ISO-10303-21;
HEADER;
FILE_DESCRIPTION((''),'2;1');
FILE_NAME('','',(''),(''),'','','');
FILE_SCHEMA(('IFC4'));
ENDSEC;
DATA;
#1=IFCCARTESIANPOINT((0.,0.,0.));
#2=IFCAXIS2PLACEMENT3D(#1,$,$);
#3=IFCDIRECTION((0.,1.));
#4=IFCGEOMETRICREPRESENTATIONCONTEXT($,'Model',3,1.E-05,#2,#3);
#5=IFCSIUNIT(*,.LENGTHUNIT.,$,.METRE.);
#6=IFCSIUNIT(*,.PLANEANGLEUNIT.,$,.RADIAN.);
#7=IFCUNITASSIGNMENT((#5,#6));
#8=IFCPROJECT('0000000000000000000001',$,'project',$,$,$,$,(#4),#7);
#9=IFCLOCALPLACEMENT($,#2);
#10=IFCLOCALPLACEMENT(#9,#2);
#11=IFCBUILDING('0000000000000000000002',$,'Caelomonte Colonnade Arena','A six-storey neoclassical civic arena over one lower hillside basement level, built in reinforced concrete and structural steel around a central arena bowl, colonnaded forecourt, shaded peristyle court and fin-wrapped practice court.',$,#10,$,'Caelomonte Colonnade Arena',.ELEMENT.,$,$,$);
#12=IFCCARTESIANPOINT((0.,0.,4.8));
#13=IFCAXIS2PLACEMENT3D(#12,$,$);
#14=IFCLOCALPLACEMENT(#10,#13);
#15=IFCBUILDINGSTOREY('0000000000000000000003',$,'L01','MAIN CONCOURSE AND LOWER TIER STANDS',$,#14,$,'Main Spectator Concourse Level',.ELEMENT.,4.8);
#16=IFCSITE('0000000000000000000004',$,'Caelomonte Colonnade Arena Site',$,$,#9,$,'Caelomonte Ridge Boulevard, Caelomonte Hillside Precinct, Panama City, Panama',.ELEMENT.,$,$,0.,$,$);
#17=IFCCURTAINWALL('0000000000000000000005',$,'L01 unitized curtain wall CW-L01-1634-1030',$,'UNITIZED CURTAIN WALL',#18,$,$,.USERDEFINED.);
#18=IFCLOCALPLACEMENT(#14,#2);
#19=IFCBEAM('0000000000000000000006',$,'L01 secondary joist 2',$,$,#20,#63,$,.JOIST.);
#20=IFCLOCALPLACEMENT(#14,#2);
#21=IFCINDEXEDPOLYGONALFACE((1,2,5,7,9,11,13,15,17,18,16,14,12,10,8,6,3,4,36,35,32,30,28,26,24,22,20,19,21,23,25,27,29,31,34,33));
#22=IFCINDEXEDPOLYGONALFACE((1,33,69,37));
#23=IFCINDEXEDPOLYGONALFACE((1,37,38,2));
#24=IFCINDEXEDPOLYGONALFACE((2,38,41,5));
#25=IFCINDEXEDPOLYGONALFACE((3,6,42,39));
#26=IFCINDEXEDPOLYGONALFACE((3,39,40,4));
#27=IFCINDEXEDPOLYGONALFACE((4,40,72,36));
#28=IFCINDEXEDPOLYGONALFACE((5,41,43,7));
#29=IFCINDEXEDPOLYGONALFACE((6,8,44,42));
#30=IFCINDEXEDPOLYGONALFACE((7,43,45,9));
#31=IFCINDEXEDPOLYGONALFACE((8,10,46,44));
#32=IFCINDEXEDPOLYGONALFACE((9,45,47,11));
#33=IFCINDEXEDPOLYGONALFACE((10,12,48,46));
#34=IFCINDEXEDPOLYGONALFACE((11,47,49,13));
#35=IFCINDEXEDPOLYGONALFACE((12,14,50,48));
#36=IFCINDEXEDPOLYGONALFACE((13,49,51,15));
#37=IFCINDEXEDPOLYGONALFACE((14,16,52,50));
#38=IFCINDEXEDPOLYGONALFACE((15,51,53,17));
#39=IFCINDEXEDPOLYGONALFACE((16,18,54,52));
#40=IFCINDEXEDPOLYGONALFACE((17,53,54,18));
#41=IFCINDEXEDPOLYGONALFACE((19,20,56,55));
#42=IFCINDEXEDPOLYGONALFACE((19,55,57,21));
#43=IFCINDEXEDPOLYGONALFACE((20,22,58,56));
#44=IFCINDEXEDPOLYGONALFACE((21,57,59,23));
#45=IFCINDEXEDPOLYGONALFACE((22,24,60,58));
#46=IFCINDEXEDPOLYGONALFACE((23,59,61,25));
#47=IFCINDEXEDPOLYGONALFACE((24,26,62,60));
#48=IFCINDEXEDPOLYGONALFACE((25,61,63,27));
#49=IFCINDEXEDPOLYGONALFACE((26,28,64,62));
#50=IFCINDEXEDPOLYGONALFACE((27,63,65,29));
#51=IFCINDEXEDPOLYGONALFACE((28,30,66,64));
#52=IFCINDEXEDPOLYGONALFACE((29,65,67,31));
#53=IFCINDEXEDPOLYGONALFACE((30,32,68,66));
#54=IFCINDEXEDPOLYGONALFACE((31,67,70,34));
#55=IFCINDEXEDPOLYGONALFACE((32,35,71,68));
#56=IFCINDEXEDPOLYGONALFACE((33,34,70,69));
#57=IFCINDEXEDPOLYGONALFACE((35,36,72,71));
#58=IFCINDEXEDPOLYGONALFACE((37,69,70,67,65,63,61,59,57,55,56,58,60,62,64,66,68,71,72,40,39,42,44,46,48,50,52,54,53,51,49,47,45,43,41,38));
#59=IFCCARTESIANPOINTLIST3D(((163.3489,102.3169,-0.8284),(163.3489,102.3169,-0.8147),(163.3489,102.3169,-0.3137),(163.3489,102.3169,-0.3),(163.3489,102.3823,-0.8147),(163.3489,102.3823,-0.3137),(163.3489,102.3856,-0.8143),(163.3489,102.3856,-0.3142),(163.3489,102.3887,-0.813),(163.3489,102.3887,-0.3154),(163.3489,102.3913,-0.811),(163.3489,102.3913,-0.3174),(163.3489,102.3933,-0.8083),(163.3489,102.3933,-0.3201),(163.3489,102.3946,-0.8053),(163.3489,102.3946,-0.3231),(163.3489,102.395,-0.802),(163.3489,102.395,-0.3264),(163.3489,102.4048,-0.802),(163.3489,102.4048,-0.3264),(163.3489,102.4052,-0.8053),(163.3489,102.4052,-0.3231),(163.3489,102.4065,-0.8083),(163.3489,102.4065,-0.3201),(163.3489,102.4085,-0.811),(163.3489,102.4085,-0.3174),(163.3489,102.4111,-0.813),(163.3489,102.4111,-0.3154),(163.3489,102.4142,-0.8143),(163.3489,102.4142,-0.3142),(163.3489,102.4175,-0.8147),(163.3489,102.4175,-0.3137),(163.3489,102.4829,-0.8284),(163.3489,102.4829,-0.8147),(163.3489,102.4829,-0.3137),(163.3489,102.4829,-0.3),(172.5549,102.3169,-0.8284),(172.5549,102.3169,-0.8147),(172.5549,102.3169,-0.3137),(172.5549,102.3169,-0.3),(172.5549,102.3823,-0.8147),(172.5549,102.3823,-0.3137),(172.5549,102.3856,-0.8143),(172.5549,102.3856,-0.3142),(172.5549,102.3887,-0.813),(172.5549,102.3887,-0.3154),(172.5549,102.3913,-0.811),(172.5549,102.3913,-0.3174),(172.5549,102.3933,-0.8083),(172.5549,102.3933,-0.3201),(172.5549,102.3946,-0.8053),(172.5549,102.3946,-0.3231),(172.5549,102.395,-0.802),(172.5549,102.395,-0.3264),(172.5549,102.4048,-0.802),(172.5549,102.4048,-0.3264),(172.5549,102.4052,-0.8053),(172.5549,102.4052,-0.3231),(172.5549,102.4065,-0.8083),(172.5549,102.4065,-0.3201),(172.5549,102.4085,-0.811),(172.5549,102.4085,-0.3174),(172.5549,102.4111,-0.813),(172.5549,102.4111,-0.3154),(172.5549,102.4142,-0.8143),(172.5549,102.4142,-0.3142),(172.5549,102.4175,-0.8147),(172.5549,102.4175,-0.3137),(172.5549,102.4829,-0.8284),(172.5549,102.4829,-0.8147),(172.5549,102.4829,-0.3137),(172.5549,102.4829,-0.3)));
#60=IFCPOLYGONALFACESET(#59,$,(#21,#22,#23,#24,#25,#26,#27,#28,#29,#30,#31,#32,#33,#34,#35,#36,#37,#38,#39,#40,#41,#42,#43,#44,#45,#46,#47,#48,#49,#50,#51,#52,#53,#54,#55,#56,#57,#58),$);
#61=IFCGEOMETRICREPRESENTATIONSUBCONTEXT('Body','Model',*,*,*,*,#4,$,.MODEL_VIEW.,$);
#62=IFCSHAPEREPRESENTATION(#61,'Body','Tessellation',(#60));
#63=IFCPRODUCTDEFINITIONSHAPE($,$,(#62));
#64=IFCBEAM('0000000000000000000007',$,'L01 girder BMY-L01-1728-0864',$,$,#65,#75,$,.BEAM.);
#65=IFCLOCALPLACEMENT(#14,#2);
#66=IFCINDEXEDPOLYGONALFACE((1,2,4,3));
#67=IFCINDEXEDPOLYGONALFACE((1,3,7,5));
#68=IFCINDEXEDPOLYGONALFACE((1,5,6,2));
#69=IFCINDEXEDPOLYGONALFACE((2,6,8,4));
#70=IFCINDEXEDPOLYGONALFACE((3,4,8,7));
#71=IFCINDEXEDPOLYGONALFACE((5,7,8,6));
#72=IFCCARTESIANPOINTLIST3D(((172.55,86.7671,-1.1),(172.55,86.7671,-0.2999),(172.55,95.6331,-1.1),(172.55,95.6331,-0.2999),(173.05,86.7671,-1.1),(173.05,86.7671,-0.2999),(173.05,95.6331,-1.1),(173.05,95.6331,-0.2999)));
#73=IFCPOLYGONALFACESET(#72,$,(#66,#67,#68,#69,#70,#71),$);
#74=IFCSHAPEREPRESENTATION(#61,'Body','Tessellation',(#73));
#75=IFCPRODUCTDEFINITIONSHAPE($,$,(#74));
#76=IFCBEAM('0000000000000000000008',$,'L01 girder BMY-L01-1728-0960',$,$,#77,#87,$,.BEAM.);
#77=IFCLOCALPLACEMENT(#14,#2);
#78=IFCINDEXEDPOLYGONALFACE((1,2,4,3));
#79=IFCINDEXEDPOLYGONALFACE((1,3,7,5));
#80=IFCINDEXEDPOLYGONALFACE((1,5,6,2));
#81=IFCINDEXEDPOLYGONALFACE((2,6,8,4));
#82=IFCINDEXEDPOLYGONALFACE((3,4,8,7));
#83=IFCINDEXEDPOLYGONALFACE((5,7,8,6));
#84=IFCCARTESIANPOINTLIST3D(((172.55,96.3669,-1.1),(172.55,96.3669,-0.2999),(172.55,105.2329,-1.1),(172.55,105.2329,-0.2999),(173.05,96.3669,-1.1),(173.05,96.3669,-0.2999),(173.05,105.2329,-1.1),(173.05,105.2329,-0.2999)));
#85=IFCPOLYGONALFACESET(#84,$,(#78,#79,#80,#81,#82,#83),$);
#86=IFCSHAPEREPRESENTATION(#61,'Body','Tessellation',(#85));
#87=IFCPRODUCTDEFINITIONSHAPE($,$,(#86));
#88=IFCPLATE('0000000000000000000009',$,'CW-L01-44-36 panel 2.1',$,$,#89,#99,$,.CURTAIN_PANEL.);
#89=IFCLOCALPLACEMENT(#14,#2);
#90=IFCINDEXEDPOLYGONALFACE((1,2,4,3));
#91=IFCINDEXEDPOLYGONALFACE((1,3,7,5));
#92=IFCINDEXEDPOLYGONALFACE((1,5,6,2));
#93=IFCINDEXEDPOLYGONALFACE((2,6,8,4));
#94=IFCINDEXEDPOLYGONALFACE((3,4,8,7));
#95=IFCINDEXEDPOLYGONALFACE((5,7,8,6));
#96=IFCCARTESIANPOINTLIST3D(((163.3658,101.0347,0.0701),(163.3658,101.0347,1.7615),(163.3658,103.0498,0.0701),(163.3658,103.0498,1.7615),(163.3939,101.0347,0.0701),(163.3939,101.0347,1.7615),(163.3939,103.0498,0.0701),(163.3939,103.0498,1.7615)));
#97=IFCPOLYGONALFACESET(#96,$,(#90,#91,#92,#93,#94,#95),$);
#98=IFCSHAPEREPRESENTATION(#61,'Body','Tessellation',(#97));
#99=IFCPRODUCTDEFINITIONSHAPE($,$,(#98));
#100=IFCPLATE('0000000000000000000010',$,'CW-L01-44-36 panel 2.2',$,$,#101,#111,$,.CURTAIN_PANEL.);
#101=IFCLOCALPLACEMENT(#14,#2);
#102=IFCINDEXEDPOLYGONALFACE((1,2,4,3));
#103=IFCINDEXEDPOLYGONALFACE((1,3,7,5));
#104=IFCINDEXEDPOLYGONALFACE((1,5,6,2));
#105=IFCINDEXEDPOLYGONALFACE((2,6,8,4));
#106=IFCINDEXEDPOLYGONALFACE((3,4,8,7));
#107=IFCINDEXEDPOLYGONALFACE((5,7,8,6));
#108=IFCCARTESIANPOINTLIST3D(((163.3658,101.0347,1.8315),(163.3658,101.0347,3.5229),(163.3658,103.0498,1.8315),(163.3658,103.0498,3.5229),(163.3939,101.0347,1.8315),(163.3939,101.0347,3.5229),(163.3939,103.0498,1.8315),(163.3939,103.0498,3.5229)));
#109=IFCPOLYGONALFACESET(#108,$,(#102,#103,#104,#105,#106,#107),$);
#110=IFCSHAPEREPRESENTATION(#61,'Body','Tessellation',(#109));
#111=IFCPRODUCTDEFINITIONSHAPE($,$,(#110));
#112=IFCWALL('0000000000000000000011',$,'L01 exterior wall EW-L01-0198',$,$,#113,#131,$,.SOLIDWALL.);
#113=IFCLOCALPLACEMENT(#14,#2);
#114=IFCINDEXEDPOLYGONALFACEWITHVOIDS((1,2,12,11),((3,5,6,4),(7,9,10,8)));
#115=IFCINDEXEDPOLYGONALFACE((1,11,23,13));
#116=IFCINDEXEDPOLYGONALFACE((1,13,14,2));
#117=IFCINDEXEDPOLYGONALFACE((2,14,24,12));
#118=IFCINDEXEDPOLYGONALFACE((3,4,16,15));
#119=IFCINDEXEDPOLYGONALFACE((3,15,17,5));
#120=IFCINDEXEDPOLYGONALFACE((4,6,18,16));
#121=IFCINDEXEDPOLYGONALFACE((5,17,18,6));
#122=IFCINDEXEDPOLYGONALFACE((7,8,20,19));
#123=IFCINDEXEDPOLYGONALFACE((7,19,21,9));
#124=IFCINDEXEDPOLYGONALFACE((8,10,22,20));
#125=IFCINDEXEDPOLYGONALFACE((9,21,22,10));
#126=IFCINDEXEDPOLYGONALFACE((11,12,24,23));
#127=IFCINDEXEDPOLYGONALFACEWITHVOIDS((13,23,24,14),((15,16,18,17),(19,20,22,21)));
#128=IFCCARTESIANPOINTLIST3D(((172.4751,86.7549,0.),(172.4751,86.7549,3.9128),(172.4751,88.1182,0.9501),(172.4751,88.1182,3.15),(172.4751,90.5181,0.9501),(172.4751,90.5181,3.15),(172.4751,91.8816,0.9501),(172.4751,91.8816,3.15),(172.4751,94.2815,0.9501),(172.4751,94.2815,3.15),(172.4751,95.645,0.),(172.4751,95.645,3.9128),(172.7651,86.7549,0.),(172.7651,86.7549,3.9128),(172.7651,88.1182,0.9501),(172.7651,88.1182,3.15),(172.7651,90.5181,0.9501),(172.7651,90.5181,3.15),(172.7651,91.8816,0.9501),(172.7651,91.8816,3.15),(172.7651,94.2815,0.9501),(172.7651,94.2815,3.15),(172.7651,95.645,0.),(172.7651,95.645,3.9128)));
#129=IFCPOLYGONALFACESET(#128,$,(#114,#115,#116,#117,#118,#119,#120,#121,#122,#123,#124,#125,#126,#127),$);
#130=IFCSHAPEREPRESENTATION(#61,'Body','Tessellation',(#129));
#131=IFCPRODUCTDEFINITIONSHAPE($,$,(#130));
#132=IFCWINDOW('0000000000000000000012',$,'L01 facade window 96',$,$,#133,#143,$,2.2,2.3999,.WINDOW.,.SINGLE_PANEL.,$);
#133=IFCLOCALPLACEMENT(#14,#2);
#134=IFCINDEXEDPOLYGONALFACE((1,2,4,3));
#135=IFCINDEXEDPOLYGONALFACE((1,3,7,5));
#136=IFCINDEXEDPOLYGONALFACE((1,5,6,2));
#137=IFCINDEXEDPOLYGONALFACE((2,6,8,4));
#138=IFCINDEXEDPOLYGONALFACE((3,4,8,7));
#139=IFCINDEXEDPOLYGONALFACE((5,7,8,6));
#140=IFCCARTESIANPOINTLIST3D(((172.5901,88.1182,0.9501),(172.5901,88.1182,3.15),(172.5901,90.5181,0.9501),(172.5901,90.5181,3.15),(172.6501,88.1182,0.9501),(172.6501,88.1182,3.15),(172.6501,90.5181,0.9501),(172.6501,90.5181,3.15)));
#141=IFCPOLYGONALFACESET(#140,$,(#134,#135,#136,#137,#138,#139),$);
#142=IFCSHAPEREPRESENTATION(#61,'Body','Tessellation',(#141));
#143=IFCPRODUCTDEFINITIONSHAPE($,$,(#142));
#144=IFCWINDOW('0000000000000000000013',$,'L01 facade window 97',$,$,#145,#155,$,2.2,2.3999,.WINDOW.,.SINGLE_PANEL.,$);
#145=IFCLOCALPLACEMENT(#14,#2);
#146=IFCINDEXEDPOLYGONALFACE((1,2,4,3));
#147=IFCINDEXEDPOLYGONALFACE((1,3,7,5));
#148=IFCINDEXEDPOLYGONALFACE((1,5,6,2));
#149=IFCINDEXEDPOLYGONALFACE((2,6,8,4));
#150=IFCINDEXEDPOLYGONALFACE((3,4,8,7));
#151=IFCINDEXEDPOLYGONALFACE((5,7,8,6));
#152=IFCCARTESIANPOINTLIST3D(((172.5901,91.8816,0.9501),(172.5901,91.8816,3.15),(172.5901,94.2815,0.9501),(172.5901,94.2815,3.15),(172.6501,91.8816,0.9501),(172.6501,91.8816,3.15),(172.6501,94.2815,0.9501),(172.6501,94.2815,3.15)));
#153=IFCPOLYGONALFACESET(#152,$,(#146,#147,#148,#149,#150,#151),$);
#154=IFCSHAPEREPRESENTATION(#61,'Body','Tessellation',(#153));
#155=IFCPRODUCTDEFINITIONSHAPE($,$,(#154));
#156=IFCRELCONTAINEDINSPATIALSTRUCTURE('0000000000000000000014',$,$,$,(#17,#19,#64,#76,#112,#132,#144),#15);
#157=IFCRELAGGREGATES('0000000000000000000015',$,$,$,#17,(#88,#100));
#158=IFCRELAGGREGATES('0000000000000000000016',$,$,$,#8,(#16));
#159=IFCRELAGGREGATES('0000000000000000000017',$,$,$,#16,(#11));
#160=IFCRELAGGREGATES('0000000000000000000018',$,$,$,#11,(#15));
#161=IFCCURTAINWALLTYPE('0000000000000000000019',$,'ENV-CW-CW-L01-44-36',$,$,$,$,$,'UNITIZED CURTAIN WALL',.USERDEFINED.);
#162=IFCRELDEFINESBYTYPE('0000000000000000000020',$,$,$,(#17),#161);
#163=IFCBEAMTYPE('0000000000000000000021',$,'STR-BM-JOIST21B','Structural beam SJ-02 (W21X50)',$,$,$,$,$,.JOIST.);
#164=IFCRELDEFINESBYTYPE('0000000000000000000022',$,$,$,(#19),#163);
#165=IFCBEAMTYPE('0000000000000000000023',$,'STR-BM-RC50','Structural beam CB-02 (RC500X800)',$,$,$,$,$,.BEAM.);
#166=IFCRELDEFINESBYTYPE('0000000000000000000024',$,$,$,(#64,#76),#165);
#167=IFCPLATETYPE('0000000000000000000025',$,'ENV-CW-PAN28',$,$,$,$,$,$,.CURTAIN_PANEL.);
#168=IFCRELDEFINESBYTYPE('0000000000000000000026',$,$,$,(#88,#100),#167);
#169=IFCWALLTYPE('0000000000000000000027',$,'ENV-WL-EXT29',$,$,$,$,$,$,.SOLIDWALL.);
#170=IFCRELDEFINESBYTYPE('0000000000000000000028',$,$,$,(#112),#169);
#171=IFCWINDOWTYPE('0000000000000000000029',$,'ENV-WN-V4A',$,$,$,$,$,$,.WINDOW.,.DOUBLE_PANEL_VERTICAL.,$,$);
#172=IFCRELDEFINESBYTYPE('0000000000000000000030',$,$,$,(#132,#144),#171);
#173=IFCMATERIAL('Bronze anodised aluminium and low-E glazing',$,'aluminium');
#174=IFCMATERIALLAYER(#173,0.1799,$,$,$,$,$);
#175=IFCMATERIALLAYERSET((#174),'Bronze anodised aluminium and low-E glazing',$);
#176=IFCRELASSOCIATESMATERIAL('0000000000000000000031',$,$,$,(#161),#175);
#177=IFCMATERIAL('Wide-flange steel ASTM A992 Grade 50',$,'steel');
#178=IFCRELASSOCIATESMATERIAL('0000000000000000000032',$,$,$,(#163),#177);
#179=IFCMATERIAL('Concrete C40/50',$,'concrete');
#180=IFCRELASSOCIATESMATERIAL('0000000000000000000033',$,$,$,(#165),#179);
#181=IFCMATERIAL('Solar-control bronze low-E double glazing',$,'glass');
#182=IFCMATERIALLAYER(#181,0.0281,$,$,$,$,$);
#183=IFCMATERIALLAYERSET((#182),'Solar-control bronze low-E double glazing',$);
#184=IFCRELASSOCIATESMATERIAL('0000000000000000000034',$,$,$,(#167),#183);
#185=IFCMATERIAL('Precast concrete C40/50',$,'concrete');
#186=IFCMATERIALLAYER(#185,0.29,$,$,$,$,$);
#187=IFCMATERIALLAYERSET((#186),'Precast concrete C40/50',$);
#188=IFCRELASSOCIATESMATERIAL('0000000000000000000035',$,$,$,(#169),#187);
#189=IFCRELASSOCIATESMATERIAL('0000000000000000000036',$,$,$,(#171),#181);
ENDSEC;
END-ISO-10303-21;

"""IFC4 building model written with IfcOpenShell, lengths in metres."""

from ifc_helpers import new_model, si_unit, direction, frame, frame_2d, origin, origin_2d, place, context, subcontext, project, spatial, rectangle, i_section, extrude, material, layer, layer_set, material_profile, profile_set, type_object, element, fill, aggregate, save


model = new_model("IFC4")

# Units and contexts
model_context = context("Model", 3, precision=1e-05, world=origin(), true_north=direction((0.0, 1.0)))
body_context = subcontext(model_context, "Body", "Model", "MODEL_VIEW")
ifc_project = project(units=[si_unit("LENGTHUNIT", "METRE"), si_unit("PLANEANGLEUNIT", "RADIAN")], contexts=[model_context])

# Site, building, storey
site_placement = place(None, origin())
site = spatial("IfcSite", under=ifc_project, at=site_placement, Name="Caelomonte Colonnade Arena Site", LongName="Caelomonte Ridge Boulevard, Caelomonte Hillside Precinct, Panama City, Panama", CompositionType="ELEMENT", RefElevation=0.0)
building_placement = place(site_placement, origin())
building = spatial("IfcBuilding", under=site, at=building_placement, Name="Caelomonte Colonnade Arena", Description="A six-storey neoclassical civic arena over one lower hillside basement level, built in reinforced concrete and structural steel around a central arena bowl, colonnaded forecourt, shaded peristyle court and fin-wrapped practice court.", LongName="Caelomonte Colonnade Arena", CompositionType="ELEMENT")
storey_placement = place(building_placement, frame((0.0, 0.0, 4.8)))
storey = spatial("IfcBuildingStorey", under=building, at=storey_placement, Name="L01", Description="MAIN CONCOURSE AND LOWER TIER STANDS", LongName="Main Spectator Concourse Level", CompositionType="ELEMENT", Elevation=4.8)

# Shared definitions
ifc_material_1 = material(Name="Concrete C40/50", Category="concrete")
ifc_material_2 = material(Name="Wide-flange steel ASTM A992 Grade 50", Category="steel")

# Curtain wall
ifc_material_3 = material(Name="Bronze anodised aluminium and low-E glazing", Category="aluminium")
ifc_layer_1 = layer(ifc_material_3, 0.1799)
ifc_layer_set_1 = layer_set([ifc_layer_1], Name="Bronze anodised aluminium and low-E glazing")
curtain_wall_type = type_object("IfcCurtainWallType", Name="ENV-CW-CW-L01-44-36", ElementType="UNITIZED CURTAIN WALL", PredefinedType="USERDEFINED", material=ifc_layer_set_1)
curtain_wall_placement = place(storey_placement, origin())
curtain_wall = element("IfcCurtainWall", 1, at=curtain_wall_placement, inside=storey, type_object=curtain_wall_type, Name="L01 unitized curtain wall CW-L01-1634-1030", ObjectType="UNITIZED CURTAIN WALL", PredefinedType="USERDEFINED")

# Beams
ifc_material_profile_1 = material_profile(ifc_material_2, i_section(OverallWidth=0.166, OverallDepth=0.5283, WebThickness=0.0098, FlangeThickness=0.0137, FilletRadius=0.0127, at=origin_2d()), Name="W21X50")
ifc_profile_set_1 = profile_set([ifc_material_profile_1], Name="Wide-flange steel ASTM A992 Grade 50")
beam_type_1 = type_object("IfcBeamType", Name="STR-BM-JOIST21B", Description="Structural beam SJ-02 (W21X50)", PredefinedType="JOIST", material=ifc_profile_set_1)
for number, where, z_axis, x_axis, name in (
    (2, (163.3489, 102.3999, -0.5642), (1.0, 0.0, 0.0), (0.0, 1.0, 0.0), "L01 secondary joist 2"),
):
    element("IfcBeam", number, at=place(storey_placement, frame(where, z_axis=z_axis, x_axis=x_axis)), inside=storey, type_object=beam_type_1, Name=name, PredefinedType="JOIST", context=body_context, shape_type="SweptSolid", body=[
        extrude(i_section(OverallWidth=0.166, OverallDepth=0.5283, WebThickness=0.0098, FlangeThickness=0.0137, FilletRadius=0.0127, at=origin_2d()), origin(), (0.0, 0.0, 1.0), 9.2061),
    ])
ifc_material_profile_2 = material_profile(ifc_material_1, rectangle(XDim=0.5, YDim=0.8, at=origin_2d()), Name="RC500X800")
ifc_profile_set_2 = profile_set([ifc_material_profile_2], Name="Concrete C40/50")
beam_type_2 = type_object("IfcBeamType", Name="STR-BM-RC50", Description="Structural beam CB-02 (RC500X800)", PredefinedType="BEAM", material=ifc_profile_set_2)
for number, where, z_axis, x_axis, name in (
    (3, (172.8, 86.7671, -0.7), (0.0, 1.0, 0.0), (-1.0, 0.0, 0.0), "L01 girder BMY-L01-1728-0864"),
    (4, (172.8, 96.3669, -0.7), (0.0, 1.0, 0.0), (-1.0, 0.0, 0.0), "L01 girder BMY-L01-1728-0960"),
):
    element("IfcBeam", number, at=place(storey_placement, frame(where, z_axis=z_axis, x_axis=x_axis)), inside=storey, type_object=beam_type_2, Name=name, PredefinedType="BEAM", context=body_context, shape_type="SweptSolid", body=[
        extrude(rectangle(XDim=0.5, YDim=0.8, at=origin_2d()), origin(), (0.0, 0.0, 1.0), 8.866),
    ])

# Plates
ifc_material_4 = material(Name="Solar-control bronze low-E double glazing", Category="glass")
ifc_layer_2 = layer(ifc_material_4, 0.0281)
ifc_layer_set_2 = layer_set([ifc_layer_2], Name="Solar-control bronze low-E double glazing")
plate_type = type_object("IfcPlateType", Name="ENV-CW-PAN28", PredefinedType="CURTAIN_PANEL", material=ifc_layer_set_2)
plate_1_placement = place(storey_placement, frame((163.3799, 102.0422, 0.0701), z_axis=(0.0, 0.0, 1.0), x_axis=(0.0, -1.0, 0.0)))
plate_1 = element("IfcPlate", 5, at=plate_1_placement, type_object=plate_type, Name="CW-L01-44-36 panel 2.1", PredefinedType="CURTAIN_PANEL", context=body_context, shape_type="SweptSolid", body=[
    extrude(rectangle(XDim=2.0151, YDim=0.0281, at=origin_2d()), origin(), (0.0, 0.0, 1.0), 1.6914),
])
plate_2_placement = place(storey_placement, frame((163.3799, 102.0422, 1.8315), z_axis=(0.0, 0.0, 1.0), x_axis=(0.0, -1.0, 0.0)))
plate_2 = element("IfcPlate", 6, at=plate_2_placement, type_object=plate_type, Name="CW-L01-44-36 panel 2.2", PredefinedType="CURTAIN_PANEL", context=body_context, shape_type="SweptSolid", body=[
    extrude(rectangle(XDim=2.0151, YDim=0.0281, at=origin_2d()), origin(), (0.0, 0.0, 1.0), 1.6914),
])
aggregate(curtain_wall, [plate_1, plate_2])

# Wall, openings, windows
ifc_material_5 = material(Name="Precast concrete C40/50", Category="concrete")
ifc_layer_3 = layer(ifc_material_5, 0.29)
ifc_layer_set_3 = layer_set([ifc_layer_3], Name="Precast concrete C40/50")
wall_type = type_object("IfcWallType", Name="ENV-WL-EXT29", PredefinedType="SOLIDWALL", material=ifc_layer_set_3)
wall_1_placement = place(storey_placement, frame((172.6201, 86.7549, 0.0), z_axis=(0.0, 0.0, 1.0), x_axis=(0.0, 1.0, 0.0)))
wall_1 = element("IfcWall", 7, at=wall_1_placement, inside=storey, type_object=wall_type, Name="L01 exterior wall EW-L01-0198", PredefinedType="SOLIDWALL", context=body_context, shape_type="SweptSolid", body=[
    extrude(rectangle(XDim=8.8901, YDim=0.29, at=frame_2d((4.4451, 0.0))), origin(), (0.0, 0.0, 1.0), 3.9128),
])
opening_1_placement = place(wall_1_placement, frame((3.7632, 0.0, 0.95), z_axis=(0.0, 0.0, 1.0), x_axis=(-1.0, 0.0, 0.0)))
opening_1 = element("IfcOpeningElement", 8, at=opening_1_placement, cuts=wall_1, PredefinedType="OPENING", context=body_context, shape_type="SweptSolid", body=[
    extrude(rectangle(XDim=2.3999, YDim=2.2, at=frame_2d((1.2, 1.1001))), frame((0.0, 0.155, 0.0), z_axis=(0.0, -1.0, 0.0), x_axis=(1.0, 0.0, 0.0)), (0.0, 0.0, 1.0), 0.3101),
])
opening_2_placement = place(wall_1_placement, frame((7.5266, 0.0, 0.95), z_axis=(0.0, 0.0, 1.0), x_axis=(-1.0, 0.0, 0.0)))
opening_2 = element("IfcOpeningElement", 9, at=opening_2_placement, cuts=wall_1, PredefinedType="OPENING", context=body_context, shape_type="SweptSolid", body=[
    extrude(rectangle(XDim=2.3999, YDim=2.2, at=frame_2d((1.2, 1.1001))), frame((0.0, 0.155, 0.0), z_axis=(0.0, -1.0, 0.0), x_axis=(1.0, 0.0, 0.0)), (0.0, 0.0, 1.0), 0.3101),
])
window_type = type_object("IfcWindowType", Name="ENV-WN-V4A", PartitioningType="DOUBLE_PANEL_VERTICAL", PredefinedType="WINDOW", material=ifc_material_4)
window_1_placement = place(opening_1_placement, origin())
window_1 = element("IfcWindow", 10, at=window_1_placement, inside=storey, type_object=window_type, Name="L01 facade window 96", OverallHeight=2.2, OverallWidth=2.3999, PartitioningType="SINGLE_PANEL", PredefinedType="WINDOW", context=body_context, shape_type="SweptSolid", body=[
    extrude(rectangle(XDim=2.3999, YDim=2.2, at=frame_2d((1.2, 1.1001))), frame((0.0, 0.03, 0.0), z_axis=(0.0, -1.0, 0.0), x_axis=(1.0, 0.0, 0.0)), (0.0, 0.0, 1.0), 0.0601),
])
fill(opening_1, window_1)
window_2_placement = place(opening_2_placement, origin())
window_2 = element("IfcWindow", 11, at=window_2_placement, inside=storey, type_object=window_type, Name="L01 facade window 97", OverallHeight=2.2, OverallWidth=2.3999, PartitioningType="SINGLE_PANEL", PredefinedType="WINDOW", context=body_context, shape_type="SweptSolid", body=[
    extrude(rectangle(XDim=2.3999, YDim=2.2, at=frame_2d((1.2, 1.1001))), frame((0.0, 0.03, 0.0), z_axis=(0.0, -1.0, 0.0), x_axis=(1.0, 0.0, 0.0)), (0.0, 0.0, 1.0), 0.0601),
])
fill(opening_2, window_2)

save(model, "model.ifc")
